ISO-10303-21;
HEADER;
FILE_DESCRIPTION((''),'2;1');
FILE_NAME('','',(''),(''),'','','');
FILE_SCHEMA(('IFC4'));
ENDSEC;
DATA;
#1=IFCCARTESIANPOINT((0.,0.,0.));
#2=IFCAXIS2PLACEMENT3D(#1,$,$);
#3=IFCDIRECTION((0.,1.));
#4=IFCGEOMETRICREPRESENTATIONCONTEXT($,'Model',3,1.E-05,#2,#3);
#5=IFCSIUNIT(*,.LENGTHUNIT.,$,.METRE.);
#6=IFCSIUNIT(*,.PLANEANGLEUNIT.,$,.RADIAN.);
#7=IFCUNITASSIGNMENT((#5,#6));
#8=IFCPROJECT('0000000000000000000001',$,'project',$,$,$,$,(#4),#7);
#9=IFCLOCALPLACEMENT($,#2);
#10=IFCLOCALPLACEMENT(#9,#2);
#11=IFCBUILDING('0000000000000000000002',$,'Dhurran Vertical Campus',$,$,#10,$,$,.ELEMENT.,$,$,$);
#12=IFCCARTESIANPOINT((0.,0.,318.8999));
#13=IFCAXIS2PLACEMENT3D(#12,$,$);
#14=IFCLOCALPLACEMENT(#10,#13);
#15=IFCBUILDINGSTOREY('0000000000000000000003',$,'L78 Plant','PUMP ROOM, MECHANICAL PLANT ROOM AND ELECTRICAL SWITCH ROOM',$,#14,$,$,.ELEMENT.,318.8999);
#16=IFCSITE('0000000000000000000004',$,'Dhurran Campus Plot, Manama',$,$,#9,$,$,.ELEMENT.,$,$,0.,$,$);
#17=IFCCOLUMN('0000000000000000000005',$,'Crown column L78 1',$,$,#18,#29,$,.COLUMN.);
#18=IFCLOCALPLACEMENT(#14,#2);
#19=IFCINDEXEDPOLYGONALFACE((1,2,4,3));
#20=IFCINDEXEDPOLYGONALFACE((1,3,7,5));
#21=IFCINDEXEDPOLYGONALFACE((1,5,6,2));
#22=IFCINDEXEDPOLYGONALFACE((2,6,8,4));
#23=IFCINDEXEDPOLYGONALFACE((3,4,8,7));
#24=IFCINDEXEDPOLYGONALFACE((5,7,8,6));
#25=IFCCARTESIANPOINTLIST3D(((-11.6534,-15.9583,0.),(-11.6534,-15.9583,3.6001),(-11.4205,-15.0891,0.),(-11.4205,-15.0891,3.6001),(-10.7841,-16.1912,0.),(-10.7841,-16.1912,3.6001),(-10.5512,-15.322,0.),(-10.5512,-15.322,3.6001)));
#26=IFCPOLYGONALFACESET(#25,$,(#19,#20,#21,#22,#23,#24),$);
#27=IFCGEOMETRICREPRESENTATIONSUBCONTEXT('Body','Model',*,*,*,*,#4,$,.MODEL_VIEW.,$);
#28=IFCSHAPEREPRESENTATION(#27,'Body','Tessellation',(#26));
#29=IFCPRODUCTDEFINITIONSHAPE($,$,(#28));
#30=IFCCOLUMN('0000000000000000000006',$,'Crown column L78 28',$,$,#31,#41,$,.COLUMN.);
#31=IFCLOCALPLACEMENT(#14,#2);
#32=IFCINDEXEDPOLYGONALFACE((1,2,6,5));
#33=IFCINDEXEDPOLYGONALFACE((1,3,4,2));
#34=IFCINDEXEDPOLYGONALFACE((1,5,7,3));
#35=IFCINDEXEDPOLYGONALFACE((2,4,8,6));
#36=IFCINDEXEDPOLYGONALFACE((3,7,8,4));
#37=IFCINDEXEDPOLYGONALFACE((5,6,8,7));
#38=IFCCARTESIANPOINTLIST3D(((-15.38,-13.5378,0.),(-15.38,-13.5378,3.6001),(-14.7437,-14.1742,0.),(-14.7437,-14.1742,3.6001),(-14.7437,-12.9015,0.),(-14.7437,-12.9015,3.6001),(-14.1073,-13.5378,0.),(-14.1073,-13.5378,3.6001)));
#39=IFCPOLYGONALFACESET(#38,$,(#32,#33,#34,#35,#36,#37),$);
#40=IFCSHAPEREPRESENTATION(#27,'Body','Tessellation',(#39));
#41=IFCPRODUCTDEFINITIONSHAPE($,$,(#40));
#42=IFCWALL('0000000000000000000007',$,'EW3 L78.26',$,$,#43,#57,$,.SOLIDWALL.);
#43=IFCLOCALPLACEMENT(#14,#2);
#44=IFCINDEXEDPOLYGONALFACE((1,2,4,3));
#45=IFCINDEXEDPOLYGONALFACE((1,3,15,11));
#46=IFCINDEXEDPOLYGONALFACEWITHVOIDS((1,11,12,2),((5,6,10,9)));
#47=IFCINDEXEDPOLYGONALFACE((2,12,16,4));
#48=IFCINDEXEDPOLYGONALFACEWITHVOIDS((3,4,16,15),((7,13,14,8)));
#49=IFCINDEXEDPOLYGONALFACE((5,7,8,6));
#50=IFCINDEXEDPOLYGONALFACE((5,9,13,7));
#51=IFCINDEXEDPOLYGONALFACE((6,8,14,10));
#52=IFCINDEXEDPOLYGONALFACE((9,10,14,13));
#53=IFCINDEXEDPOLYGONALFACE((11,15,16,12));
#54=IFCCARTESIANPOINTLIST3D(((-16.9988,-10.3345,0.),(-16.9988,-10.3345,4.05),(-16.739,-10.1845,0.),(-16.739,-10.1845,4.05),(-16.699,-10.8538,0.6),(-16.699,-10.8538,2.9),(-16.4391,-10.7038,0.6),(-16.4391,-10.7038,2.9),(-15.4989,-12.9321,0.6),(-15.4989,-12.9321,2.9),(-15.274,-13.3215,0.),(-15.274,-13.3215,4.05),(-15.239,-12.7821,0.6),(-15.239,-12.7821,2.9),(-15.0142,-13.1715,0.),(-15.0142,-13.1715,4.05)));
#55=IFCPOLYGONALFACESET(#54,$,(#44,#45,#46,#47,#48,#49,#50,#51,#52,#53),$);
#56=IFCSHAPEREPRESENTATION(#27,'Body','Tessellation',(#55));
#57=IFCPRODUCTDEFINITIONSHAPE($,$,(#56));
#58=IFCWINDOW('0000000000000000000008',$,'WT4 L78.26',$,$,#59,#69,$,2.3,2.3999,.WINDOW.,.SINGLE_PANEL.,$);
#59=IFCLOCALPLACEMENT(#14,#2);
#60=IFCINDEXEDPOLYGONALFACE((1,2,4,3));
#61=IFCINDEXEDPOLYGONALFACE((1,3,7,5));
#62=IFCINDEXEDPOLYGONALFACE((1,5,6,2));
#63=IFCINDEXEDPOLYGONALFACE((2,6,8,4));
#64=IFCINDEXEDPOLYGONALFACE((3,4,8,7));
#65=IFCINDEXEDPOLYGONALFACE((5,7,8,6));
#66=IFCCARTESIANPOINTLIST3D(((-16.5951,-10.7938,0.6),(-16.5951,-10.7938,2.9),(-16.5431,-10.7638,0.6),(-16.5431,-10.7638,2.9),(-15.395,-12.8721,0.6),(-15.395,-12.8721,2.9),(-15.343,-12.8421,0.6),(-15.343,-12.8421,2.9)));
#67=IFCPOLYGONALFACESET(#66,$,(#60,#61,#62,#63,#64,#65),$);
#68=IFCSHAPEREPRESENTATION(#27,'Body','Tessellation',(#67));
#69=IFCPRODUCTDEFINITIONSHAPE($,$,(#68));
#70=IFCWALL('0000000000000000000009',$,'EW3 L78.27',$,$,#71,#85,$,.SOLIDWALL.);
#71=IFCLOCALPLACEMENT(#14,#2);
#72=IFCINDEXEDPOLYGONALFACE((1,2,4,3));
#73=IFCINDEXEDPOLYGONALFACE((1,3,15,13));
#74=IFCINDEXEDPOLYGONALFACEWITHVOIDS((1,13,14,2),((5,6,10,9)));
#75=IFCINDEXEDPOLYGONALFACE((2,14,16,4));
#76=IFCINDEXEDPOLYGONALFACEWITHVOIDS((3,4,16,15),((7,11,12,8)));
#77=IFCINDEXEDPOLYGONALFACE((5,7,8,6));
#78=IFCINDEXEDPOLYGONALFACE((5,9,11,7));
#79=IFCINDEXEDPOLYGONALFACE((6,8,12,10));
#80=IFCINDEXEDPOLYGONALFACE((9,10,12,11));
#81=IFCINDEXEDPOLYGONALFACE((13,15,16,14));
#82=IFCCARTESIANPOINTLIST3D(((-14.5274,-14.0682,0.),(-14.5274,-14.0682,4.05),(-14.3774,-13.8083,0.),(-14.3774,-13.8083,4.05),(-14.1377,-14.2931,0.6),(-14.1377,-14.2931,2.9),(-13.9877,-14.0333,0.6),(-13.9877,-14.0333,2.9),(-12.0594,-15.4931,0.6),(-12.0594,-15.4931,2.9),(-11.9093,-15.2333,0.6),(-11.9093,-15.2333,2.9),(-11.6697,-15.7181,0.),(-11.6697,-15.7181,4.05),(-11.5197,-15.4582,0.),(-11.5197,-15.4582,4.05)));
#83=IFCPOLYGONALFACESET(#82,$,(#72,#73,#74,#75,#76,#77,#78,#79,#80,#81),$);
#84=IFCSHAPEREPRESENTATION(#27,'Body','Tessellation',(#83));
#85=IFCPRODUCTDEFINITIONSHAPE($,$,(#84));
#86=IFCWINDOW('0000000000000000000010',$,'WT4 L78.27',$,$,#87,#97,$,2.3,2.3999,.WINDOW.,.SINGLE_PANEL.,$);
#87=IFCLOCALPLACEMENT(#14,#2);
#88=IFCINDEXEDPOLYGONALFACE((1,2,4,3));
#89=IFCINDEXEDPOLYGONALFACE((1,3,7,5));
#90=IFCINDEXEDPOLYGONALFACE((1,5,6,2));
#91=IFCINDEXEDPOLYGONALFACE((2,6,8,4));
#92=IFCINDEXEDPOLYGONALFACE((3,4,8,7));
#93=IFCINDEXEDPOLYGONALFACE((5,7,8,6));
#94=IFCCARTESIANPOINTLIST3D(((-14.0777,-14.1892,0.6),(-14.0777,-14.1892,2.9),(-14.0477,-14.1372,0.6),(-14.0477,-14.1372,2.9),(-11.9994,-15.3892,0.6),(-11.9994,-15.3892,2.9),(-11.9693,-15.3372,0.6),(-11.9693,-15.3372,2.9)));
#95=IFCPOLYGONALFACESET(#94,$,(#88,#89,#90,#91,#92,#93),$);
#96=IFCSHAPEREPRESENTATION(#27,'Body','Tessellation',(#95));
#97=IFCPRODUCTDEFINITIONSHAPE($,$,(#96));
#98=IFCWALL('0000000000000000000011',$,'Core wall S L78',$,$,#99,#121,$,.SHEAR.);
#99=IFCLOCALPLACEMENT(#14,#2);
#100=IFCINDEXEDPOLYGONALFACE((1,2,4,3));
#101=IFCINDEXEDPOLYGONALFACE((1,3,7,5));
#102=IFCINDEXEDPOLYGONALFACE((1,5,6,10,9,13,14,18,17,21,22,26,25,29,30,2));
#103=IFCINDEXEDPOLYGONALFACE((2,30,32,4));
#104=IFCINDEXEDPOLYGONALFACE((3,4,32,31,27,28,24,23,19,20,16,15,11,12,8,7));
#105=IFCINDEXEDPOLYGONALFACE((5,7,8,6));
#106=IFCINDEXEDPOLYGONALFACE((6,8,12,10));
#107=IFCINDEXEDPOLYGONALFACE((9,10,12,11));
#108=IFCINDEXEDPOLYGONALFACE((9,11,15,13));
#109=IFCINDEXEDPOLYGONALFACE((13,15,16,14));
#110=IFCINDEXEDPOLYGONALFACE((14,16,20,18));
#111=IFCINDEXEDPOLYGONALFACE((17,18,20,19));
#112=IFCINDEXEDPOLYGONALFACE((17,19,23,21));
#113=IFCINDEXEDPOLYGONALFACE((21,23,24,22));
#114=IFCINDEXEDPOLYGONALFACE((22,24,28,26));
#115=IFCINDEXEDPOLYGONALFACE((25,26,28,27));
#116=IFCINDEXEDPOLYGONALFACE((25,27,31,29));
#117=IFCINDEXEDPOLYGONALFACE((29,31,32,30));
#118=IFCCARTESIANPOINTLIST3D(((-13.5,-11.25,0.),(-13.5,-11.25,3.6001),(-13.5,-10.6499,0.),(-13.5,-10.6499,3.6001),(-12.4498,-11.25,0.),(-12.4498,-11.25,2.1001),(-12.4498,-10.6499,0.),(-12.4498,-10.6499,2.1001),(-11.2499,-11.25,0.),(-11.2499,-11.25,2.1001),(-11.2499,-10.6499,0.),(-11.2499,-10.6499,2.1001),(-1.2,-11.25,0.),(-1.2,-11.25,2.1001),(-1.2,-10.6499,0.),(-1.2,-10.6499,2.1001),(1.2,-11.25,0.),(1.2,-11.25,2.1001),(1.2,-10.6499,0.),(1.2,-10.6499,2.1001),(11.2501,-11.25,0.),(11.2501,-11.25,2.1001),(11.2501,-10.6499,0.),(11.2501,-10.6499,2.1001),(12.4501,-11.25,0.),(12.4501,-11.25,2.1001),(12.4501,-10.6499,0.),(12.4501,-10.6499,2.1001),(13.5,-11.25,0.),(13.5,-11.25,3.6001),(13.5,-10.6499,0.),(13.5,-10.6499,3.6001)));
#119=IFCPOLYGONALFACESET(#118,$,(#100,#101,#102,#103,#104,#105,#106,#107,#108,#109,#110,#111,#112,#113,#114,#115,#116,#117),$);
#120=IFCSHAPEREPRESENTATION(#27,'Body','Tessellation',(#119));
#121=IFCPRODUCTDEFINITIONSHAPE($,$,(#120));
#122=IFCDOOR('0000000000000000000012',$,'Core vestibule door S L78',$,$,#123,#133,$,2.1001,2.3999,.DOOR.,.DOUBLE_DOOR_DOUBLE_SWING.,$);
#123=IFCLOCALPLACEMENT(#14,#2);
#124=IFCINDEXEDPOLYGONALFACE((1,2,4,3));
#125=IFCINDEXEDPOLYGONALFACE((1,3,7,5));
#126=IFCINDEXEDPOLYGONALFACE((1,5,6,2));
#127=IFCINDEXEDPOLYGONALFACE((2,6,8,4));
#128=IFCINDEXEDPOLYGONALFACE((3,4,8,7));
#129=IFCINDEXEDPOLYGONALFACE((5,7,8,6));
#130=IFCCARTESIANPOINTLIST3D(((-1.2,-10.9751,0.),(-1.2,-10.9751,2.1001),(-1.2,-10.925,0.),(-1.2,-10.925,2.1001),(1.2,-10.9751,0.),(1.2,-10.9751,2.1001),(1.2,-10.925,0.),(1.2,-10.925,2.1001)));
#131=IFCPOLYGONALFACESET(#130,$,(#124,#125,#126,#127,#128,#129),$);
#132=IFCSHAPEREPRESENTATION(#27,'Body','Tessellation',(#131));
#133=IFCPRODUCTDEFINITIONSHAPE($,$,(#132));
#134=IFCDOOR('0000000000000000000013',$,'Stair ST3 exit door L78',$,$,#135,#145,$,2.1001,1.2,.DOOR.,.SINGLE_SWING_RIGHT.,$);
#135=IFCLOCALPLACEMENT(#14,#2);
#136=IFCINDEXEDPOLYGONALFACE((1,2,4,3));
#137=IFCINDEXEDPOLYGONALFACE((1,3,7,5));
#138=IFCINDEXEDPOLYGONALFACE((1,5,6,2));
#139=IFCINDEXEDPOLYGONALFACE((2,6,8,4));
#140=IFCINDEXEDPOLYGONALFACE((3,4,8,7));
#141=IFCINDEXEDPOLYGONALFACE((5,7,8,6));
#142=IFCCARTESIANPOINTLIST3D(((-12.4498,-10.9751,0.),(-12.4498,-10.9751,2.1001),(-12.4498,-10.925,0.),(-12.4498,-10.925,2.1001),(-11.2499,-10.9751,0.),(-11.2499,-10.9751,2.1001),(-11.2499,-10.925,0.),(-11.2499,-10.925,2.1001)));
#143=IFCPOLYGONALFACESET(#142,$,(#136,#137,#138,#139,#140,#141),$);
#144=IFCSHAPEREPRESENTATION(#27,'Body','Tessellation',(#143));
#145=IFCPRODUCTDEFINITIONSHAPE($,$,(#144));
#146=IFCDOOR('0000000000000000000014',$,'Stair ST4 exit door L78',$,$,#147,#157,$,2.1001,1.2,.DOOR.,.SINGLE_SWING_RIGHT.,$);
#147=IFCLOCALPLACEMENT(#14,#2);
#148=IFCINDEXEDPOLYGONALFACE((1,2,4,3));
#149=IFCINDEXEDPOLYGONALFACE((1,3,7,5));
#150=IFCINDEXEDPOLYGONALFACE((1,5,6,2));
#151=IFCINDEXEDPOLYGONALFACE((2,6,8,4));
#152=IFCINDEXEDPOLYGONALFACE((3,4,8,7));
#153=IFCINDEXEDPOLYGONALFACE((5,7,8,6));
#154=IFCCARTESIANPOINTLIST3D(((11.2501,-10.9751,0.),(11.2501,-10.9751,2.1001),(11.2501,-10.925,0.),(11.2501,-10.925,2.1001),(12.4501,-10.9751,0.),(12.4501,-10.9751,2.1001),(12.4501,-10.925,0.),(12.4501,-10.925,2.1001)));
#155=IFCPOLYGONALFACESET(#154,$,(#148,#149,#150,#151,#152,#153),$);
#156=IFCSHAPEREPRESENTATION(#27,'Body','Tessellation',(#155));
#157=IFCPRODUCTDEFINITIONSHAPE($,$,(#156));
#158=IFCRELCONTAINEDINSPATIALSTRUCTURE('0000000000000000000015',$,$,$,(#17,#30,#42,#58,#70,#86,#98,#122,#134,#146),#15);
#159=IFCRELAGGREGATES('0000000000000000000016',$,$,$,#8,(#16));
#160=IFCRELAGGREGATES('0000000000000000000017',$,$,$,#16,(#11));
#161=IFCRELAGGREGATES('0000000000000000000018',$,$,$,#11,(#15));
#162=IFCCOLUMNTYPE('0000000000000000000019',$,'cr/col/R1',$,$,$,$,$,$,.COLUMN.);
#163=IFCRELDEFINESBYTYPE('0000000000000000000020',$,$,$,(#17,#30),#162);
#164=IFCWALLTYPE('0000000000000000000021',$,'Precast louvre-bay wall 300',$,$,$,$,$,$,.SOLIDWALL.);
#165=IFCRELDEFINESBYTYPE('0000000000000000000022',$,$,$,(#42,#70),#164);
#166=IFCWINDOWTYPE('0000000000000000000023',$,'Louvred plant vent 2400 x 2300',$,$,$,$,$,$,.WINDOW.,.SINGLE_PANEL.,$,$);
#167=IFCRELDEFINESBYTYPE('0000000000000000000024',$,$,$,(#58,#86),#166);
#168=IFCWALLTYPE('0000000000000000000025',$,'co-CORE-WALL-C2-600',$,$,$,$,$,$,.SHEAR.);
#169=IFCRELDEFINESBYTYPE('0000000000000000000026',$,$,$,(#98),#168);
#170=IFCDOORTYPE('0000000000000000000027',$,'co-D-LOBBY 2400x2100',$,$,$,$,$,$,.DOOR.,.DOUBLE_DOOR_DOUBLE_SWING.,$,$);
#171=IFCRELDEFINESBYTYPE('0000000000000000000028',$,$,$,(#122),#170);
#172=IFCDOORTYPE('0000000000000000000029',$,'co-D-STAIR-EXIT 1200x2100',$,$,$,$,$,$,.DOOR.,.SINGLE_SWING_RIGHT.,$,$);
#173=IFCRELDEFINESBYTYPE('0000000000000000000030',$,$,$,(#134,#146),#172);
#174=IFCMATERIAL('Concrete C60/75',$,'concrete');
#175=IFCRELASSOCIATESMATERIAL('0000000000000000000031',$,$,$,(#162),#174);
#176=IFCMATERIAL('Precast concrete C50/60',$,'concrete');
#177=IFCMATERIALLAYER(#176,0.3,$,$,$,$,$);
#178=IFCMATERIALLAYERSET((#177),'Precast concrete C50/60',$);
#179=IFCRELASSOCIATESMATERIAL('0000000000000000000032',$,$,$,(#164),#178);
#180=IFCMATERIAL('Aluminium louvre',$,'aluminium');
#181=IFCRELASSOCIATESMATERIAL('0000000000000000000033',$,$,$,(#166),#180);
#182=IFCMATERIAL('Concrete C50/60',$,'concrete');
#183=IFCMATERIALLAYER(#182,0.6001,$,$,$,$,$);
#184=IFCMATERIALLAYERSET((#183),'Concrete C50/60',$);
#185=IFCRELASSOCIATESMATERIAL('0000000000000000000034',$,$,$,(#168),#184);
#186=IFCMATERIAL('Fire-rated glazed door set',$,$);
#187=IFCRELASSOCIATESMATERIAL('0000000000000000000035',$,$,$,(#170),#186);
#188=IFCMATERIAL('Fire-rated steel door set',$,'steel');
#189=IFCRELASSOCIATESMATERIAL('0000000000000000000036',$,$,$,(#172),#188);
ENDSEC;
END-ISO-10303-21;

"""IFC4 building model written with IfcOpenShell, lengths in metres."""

from ifc_helpers import new_model, si_unit, direction, frame, frame_2d, origin, origin_2d, place, context, subcontext, project, spatial, rectangle, extrude, material, layer, layer_set, material_profile, profile_set, type_object, element, fill, save


model = new_model("IFC4")

# Units and contexts
model_context = context("Model", 3, precision=1e-05, world=origin(), true_north=direction((0.0, 1.0)))
body_context = subcontext(model_context, "Body", "Model", "MODEL_VIEW")
ifc_project = project(units=[si_unit("LENGTHUNIT", "METRE"), si_unit("PLANEANGLEUNIT", "RADIAN")], contexts=[model_context])

# Site, building, storey
site_placement = place(None, origin())
site = spatial("IfcSite", under=ifc_project, at=site_placement, Name="Dhurran Campus Plot, Manama", CompositionType="ELEMENT", RefElevation=0.0)
building_placement = place(site_placement, origin())
building = spatial("IfcBuilding", under=site, at=building_placement, Name="Dhurran Vertical Campus", CompositionType="ELEMENT")
storey_placement = place(building_placement, frame((0.0, 0.0, 318.8999)))
storey = spatial("IfcBuildingStorey", under=building, at=storey_placement, Name="L78 Plant", Description="PUMP ROOM, MECHANICAL PLANT ROOM AND ELECTRICAL SWITCH ROOM", CompositionType="ELEMENT", Elevation=318.8999)

# Columns
ifc_material_1 = material(Name="Concrete C60/75", Category="concrete")
ifc_material_profile = material_profile(ifc_material_1, rectangle(XDim=0.8999, YDim=0.8999, at=origin_2d()), Name="cr/col/R1")
ifc_profile_set = profile_set([ifc_material_profile], Name="Concrete C60/75")
column_type = type_object("IfcColumnType", Name="cr/col/R1", PredefinedType="COLUMN", material=ifc_profile_set)
for number, where, z_axis, x_axis, name in (
    (1, (-11.1023, -15.6401, 0.0), (0.0, 0.0, 1.0), (0.965926, -0.258819, 0.0), "Crown column L78 1"),
    (2, (-14.7437, -13.5378, 0.0), (0.0, 0.0, 1.0), (0.707107, -0.707107, 0.0), "Crown column L78 28"),
):
    element("IfcColumn", number, at=place(storey_placement, frame(where, z_axis=z_axis, x_axis=x_axis)), inside=storey, type_object=column_type, Name=name, PredefinedType="COLUMN", context=body_context, shape_type="SweptSolid", body=[
        extrude(rectangle(XDim=0.8999, YDim=0.8999, at=origin_2d()), origin(), (0.0, 0.0, 1.0), 3.6001),
    ])

# Walls, openings, windows
ifc_material_2 = material(Name="Precast concrete C50/60", Category="concrete")
ifc_layer_1 = layer(ifc_material_2, 0.3)
ifc_layer_set_1 = layer_set([ifc_layer_1], Name="Precast concrete C50/60")
wall_type_1 = type_object("IfcWallType", Name="Precast louvre-bay wall 300", PredefinedType="SOLIDWALL", material=ifc_layer_set_1)
wall_1_placement = place(storey_placement, frame((-16.8689, -10.2595, 0.0), z_axis=(0.0, 0.0, 1.0), x_axis=(0.500059, -0.865991, 0.0)))
wall_1 = element("IfcWall", 3, at=wall_1_placement, inside=storey, type_object=wall_type_1, Name="EW3 L78.26", PredefinedType="SOLIDWALL", context=body_context, shape_type="SweptSolid", body=[
    extrude(rectangle(XDim=3.4492, YDim=0.3, at=frame_2d((1.7246, 0.0))), origin(), (0.0, 0.0, 1.0), 4.05),
])
opening_1_placement = place(wall_1_placement, frame((0.5996, 0.0, 0.6001)))
opening_1 = element("IfcOpeningElement", 4, at=opening_1_placement, cuts=wall_1, PredefinedType="OPENING", context=body_context, shape_type="SweptSolid", body=[
    extrude(rectangle(XDim=2.3999, YDim=2.3, at=frame_2d((1.2, 1.1499))), frame((0.0, 0.1599, 0.0), z_axis=(0.0, -1.0, 0.0), x_axis=(1.0, 0.0, 0.0)), (0.0, 0.0, 1.0), 0.3201),
])
ifc_material_3 = material(Name="Aluminium louvre", Category="aluminium")
window_type = type_object("IfcWindowType", Name="Louvred plant vent 2400 x 2300", PartitioningType="SINGLE_PANEL", PredefinedType="WINDOW", material=ifc_material_3)
window_1_placement = place(opening_1_placement, origin())
window_1 = element("IfcWindow", 5, at=window_1_placement, inside=storey, type_object=window_type, Name="WT4 L78.26", OverallHeight=2.3, OverallWidth=2.3999, PartitioningType="SINGLE_PANEL", PredefinedType="WINDOW", context=body_context, shape_type="SweptSolid", body=[
    extrude(rectangle(XDim=2.3999, YDim=2.3, at=frame_2d((1.2, 1.1499))), frame((0.0, 0.03, 0.0), z_axis=(0.0, -1.0, 0.0), x_axis=(1.0, 0.0, 0.0)), (0.0, 0.0, 1.0), 0.0601),
])
fill(opening_1, window_1)
wall_2_placement = place(storey_placement, frame((-14.4524, -13.9382, 0.0), z_axis=(0.0, 0.0, 1.0), x_axis=(0.866022, -0.500006, 0.0)))
wall_2 = element("IfcWall", 6, at=wall_2_placement, inside=storey, type_object=wall_type_1, Name="EW3 L78.27", PredefinedType="SOLIDWALL", context=body_context, shape_type="SweptSolid", body=[
    extrude(rectangle(XDim=3.2998, YDim=0.3, at=frame_2d((1.6499, 0.0))), origin(), (0.0, 0.0, 1.0), 4.05),
])
opening_2_placement = place(wall_2_placement, frame((0.45, 0.0, 0.6001)))
opening_2 = element("IfcOpeningElement", 7, at=opening_2_placement, cuts=wall_2, PredefinedType="OPENING", context=body_context, shape_type="SweptSolid", body=[
    extrude(rectangle(XDim=2.3999, YDim=2.3, at=frame_2d((1.2, 1.1499))), frame((0.0, 0.1599, 0.0), z_axis=(0.0, -1.0, 0.0), x_axis=(1.0, 0.0, 0.0)), (0.0, 0.0, 1.0), 0.3201),
])
window_2_placement = place(opening_2_placement, origin())
window_2 = element("IfcWindow", 8, at=window_2_placement, inside=storey, type_object=window_type, Name="WT4 L78.27", OverallHeight=2.3, OverallWidth=2.3999, PartitioningType="SINGLE_PANEL", PredefinedType="WINDOW", context=body_context, shape_type="SweptSolid", body=[
    extrude(rectangle(XDim=2.3999, YDim=2.3, at=frame_2d((1.2, 1.1499))), frame((0.0, 0.03, 0.0), z_axis=(0.0, -1.0, 0.0), x_axis=(1.0, 0.0, 0.0)), (0.0, 0.0, 1.0), 0.0601),
])
fill(opening_2, window_2)

# Wall, openings, doors
ifc_material_4 = material(Name="Concrete C50/60", Category="concrete")
ifc_layer_2 = layer(ifc_material_4, 0.6001)
ifc_layer_set_2 = layer_set([ifc_layer_2], Name="Concrete C50/60")
wall_type_2 = type_object("IfcWallType", Name="co-CORE-WALL-C2-600", PredefinedType="SHEAR", material=ifc_layer_set_2)
wall_3_placement = place(storey_placement, frame((-13.5, -10.95, 0.0), z_axis=(0.0, 0.0, 1.0), x_axis=(1.0, 0.0, 0.0)))
wall_3 = element("IfcWall", 9, at=wall_3_placement, inside=storey, type_object=wall_type_2, Name="Core wall S L78", PredefinedType="SHEAR", context=body_context, shape_type="SweptSolid", body=[
    extrude(rectangle(XDim=27.0, YDim=0.6001, at=frame_2d((13.5, 0.0))), origin(), (0.0, 0.0, 1.0), 3.6001),
])
opening_3_placement = place(wall_3_placement, frame((12.3, 0.0, 0.0)))
opening_3 = element("IfcOpeningElement", 10, at=opening_3_placement, cuts=wall_3, PredefinedType="OPENING", context=body_context, shape_type="SweptSolid", body=[
    extrude(rectangle(XDim=2.3999, YDim=2.1001, at=frame_2d((1.2, 1.05))), frame((0.0, 0.3101, 0.0), z_axis=(0.0, -1.0, 0.0), x_axis=(1.0, 0.0, 0.0)), (0.0, 0.0, 1.0), 0.6201),
])
opening_4_placement = place(wall_3_placement, frame((1.05, 0.0, 0.0)))
opening_4 = element("IfcOpeningElement", 11, at=opening_4_placement, cuts=wall_3, PredefinedType="OPENING", context=body_context, shape_type="SweptSolid", body=[
    extrude(rectangle(XDim=1.2, YDim=2.1001, at=frame_2d((0.6001, 1.05))), frame((0.0, 0.3101, 0.0), z_axis=(0.0, -1.0, 0.0), x_axis=(1.0, 0.0, 0.0)), (0.0, 0.0, 1.0), 0.6201),
])
opening_5_placement = place(wall_3_placement, frame((24.75, 0.0, 0.0)))
opening_5 = element("IfcOpeningElement", 12, at=opening_5_placement, cuts=wall_3, PredefinedType="OPENING", context=body_context, shape_type="SweptSolid", body=[
    extrude(rectangle(XDim=1.2, YDim=2.1001, at=frame_2d((0.6001, 1.05))), frame((0.0, 0.3101, 0.0), z_axis=(0.0, -1.0, 0.0), x_axis=(1.0, 0.0, 0.0)), (0.0, 0.0, 1.0), 0.6201),
])
ifc_material_5 = material(Name="Fire-rated glazed door set")
door_type_1 = type_object("IfcDoorType", Name="co-D-LOBBY 2400x2100", OperationType="DOUBLE_DOOR_DOUBLE_SWING", PredefinedType="DOOR", material=ifc_material_5)
door_1_placement = place(opening_3_placement, origin())
door_1 = element("IfcDoor", 13, at=door_1_placement, inside=storey, type_object=door_type_1, Name="Core vestibule door S L78", OperationType="DOUBLE_DOOR_DOUBLE_SWING", OverallHeight=2.1001, OverallWidth=2.3999, PredefinedType="DOOR", context=body_context, shape_type="SweptSolid", body=[
    extrude(rectangle(XDim=2.3999, YDim=2.1001, at=frame_2d((1.2, 1.05))), frame((0.0, 0.0249, 0.0), z_axis=(0.0, -1.0, 0.0), x_axis=(1.0, 0.0, 0.0)), (0.0, 0.0, 1.0), 0.05),
])
fill(opening_3, door_1)
ifc_material_6 = material(Name="Fire-rated steel door set", Category="steel")
door_type_2 = type_object("IfcDoorType", Name="co-D-STAIR-EXIT 1200x2100", OperationType="SINGLE_SWING_RIGHT", PredefinedType="DOOR", material=ifc_material_6)
door_2_placement = place(opening_4_placement, origin())
door_2 = element("IfcDoor", 14, at=door_2_placement, inside=storey, type_object=door_type_2, Name="Stair ST3 exit door L78", OperationType="SINGLE_SWING_RIGHT", OverallHeight=2.1001, OverallWidth=1.2, PredefinedType="DOOR", context=body_context, shape_type="SweptSolid", body=[
    extrude(rectangle(XDim=1.2, YDim=2.1001, at=frame_2d((0.6001, 1.05))), frame((0.0, 0.0249, 0.0), z_axis=(0.0, -1.0, 0.0), x_axis=(1.0, 0.0, 0.0)), (0.0, 0.0, 1.0), 0.05),
])
fill(opening_4, door_2)
door_3_placement = place(opening_5_placement, origin())
door_3 = element("IfcDoor", 15, at=door_3_placement, inside=storey, type_object=door_type_2, Name="Stair ST4 exit door L78", OperationType="SINGLE_SWING_RIGHT", OverallHeight=2.1001, OverallWidth=1.2, PredefinedType="DOOR", context=body_context, shape_type="SweptSolid", body=[
    extrude(rectangle(XDim=1.2, YDim=2.1001, at=frame_2d((0.6001, 1.05))), frame((0.0, 0.0249, 0.0), z_axis=(0.0, -1.0, 0.0), x_axis=(1.0, 0.0, 0.0)), (0.0, 0.0, 1.0), 0.05),
])
fill(opening_5, door_3)

save(model, "model.ifc")
